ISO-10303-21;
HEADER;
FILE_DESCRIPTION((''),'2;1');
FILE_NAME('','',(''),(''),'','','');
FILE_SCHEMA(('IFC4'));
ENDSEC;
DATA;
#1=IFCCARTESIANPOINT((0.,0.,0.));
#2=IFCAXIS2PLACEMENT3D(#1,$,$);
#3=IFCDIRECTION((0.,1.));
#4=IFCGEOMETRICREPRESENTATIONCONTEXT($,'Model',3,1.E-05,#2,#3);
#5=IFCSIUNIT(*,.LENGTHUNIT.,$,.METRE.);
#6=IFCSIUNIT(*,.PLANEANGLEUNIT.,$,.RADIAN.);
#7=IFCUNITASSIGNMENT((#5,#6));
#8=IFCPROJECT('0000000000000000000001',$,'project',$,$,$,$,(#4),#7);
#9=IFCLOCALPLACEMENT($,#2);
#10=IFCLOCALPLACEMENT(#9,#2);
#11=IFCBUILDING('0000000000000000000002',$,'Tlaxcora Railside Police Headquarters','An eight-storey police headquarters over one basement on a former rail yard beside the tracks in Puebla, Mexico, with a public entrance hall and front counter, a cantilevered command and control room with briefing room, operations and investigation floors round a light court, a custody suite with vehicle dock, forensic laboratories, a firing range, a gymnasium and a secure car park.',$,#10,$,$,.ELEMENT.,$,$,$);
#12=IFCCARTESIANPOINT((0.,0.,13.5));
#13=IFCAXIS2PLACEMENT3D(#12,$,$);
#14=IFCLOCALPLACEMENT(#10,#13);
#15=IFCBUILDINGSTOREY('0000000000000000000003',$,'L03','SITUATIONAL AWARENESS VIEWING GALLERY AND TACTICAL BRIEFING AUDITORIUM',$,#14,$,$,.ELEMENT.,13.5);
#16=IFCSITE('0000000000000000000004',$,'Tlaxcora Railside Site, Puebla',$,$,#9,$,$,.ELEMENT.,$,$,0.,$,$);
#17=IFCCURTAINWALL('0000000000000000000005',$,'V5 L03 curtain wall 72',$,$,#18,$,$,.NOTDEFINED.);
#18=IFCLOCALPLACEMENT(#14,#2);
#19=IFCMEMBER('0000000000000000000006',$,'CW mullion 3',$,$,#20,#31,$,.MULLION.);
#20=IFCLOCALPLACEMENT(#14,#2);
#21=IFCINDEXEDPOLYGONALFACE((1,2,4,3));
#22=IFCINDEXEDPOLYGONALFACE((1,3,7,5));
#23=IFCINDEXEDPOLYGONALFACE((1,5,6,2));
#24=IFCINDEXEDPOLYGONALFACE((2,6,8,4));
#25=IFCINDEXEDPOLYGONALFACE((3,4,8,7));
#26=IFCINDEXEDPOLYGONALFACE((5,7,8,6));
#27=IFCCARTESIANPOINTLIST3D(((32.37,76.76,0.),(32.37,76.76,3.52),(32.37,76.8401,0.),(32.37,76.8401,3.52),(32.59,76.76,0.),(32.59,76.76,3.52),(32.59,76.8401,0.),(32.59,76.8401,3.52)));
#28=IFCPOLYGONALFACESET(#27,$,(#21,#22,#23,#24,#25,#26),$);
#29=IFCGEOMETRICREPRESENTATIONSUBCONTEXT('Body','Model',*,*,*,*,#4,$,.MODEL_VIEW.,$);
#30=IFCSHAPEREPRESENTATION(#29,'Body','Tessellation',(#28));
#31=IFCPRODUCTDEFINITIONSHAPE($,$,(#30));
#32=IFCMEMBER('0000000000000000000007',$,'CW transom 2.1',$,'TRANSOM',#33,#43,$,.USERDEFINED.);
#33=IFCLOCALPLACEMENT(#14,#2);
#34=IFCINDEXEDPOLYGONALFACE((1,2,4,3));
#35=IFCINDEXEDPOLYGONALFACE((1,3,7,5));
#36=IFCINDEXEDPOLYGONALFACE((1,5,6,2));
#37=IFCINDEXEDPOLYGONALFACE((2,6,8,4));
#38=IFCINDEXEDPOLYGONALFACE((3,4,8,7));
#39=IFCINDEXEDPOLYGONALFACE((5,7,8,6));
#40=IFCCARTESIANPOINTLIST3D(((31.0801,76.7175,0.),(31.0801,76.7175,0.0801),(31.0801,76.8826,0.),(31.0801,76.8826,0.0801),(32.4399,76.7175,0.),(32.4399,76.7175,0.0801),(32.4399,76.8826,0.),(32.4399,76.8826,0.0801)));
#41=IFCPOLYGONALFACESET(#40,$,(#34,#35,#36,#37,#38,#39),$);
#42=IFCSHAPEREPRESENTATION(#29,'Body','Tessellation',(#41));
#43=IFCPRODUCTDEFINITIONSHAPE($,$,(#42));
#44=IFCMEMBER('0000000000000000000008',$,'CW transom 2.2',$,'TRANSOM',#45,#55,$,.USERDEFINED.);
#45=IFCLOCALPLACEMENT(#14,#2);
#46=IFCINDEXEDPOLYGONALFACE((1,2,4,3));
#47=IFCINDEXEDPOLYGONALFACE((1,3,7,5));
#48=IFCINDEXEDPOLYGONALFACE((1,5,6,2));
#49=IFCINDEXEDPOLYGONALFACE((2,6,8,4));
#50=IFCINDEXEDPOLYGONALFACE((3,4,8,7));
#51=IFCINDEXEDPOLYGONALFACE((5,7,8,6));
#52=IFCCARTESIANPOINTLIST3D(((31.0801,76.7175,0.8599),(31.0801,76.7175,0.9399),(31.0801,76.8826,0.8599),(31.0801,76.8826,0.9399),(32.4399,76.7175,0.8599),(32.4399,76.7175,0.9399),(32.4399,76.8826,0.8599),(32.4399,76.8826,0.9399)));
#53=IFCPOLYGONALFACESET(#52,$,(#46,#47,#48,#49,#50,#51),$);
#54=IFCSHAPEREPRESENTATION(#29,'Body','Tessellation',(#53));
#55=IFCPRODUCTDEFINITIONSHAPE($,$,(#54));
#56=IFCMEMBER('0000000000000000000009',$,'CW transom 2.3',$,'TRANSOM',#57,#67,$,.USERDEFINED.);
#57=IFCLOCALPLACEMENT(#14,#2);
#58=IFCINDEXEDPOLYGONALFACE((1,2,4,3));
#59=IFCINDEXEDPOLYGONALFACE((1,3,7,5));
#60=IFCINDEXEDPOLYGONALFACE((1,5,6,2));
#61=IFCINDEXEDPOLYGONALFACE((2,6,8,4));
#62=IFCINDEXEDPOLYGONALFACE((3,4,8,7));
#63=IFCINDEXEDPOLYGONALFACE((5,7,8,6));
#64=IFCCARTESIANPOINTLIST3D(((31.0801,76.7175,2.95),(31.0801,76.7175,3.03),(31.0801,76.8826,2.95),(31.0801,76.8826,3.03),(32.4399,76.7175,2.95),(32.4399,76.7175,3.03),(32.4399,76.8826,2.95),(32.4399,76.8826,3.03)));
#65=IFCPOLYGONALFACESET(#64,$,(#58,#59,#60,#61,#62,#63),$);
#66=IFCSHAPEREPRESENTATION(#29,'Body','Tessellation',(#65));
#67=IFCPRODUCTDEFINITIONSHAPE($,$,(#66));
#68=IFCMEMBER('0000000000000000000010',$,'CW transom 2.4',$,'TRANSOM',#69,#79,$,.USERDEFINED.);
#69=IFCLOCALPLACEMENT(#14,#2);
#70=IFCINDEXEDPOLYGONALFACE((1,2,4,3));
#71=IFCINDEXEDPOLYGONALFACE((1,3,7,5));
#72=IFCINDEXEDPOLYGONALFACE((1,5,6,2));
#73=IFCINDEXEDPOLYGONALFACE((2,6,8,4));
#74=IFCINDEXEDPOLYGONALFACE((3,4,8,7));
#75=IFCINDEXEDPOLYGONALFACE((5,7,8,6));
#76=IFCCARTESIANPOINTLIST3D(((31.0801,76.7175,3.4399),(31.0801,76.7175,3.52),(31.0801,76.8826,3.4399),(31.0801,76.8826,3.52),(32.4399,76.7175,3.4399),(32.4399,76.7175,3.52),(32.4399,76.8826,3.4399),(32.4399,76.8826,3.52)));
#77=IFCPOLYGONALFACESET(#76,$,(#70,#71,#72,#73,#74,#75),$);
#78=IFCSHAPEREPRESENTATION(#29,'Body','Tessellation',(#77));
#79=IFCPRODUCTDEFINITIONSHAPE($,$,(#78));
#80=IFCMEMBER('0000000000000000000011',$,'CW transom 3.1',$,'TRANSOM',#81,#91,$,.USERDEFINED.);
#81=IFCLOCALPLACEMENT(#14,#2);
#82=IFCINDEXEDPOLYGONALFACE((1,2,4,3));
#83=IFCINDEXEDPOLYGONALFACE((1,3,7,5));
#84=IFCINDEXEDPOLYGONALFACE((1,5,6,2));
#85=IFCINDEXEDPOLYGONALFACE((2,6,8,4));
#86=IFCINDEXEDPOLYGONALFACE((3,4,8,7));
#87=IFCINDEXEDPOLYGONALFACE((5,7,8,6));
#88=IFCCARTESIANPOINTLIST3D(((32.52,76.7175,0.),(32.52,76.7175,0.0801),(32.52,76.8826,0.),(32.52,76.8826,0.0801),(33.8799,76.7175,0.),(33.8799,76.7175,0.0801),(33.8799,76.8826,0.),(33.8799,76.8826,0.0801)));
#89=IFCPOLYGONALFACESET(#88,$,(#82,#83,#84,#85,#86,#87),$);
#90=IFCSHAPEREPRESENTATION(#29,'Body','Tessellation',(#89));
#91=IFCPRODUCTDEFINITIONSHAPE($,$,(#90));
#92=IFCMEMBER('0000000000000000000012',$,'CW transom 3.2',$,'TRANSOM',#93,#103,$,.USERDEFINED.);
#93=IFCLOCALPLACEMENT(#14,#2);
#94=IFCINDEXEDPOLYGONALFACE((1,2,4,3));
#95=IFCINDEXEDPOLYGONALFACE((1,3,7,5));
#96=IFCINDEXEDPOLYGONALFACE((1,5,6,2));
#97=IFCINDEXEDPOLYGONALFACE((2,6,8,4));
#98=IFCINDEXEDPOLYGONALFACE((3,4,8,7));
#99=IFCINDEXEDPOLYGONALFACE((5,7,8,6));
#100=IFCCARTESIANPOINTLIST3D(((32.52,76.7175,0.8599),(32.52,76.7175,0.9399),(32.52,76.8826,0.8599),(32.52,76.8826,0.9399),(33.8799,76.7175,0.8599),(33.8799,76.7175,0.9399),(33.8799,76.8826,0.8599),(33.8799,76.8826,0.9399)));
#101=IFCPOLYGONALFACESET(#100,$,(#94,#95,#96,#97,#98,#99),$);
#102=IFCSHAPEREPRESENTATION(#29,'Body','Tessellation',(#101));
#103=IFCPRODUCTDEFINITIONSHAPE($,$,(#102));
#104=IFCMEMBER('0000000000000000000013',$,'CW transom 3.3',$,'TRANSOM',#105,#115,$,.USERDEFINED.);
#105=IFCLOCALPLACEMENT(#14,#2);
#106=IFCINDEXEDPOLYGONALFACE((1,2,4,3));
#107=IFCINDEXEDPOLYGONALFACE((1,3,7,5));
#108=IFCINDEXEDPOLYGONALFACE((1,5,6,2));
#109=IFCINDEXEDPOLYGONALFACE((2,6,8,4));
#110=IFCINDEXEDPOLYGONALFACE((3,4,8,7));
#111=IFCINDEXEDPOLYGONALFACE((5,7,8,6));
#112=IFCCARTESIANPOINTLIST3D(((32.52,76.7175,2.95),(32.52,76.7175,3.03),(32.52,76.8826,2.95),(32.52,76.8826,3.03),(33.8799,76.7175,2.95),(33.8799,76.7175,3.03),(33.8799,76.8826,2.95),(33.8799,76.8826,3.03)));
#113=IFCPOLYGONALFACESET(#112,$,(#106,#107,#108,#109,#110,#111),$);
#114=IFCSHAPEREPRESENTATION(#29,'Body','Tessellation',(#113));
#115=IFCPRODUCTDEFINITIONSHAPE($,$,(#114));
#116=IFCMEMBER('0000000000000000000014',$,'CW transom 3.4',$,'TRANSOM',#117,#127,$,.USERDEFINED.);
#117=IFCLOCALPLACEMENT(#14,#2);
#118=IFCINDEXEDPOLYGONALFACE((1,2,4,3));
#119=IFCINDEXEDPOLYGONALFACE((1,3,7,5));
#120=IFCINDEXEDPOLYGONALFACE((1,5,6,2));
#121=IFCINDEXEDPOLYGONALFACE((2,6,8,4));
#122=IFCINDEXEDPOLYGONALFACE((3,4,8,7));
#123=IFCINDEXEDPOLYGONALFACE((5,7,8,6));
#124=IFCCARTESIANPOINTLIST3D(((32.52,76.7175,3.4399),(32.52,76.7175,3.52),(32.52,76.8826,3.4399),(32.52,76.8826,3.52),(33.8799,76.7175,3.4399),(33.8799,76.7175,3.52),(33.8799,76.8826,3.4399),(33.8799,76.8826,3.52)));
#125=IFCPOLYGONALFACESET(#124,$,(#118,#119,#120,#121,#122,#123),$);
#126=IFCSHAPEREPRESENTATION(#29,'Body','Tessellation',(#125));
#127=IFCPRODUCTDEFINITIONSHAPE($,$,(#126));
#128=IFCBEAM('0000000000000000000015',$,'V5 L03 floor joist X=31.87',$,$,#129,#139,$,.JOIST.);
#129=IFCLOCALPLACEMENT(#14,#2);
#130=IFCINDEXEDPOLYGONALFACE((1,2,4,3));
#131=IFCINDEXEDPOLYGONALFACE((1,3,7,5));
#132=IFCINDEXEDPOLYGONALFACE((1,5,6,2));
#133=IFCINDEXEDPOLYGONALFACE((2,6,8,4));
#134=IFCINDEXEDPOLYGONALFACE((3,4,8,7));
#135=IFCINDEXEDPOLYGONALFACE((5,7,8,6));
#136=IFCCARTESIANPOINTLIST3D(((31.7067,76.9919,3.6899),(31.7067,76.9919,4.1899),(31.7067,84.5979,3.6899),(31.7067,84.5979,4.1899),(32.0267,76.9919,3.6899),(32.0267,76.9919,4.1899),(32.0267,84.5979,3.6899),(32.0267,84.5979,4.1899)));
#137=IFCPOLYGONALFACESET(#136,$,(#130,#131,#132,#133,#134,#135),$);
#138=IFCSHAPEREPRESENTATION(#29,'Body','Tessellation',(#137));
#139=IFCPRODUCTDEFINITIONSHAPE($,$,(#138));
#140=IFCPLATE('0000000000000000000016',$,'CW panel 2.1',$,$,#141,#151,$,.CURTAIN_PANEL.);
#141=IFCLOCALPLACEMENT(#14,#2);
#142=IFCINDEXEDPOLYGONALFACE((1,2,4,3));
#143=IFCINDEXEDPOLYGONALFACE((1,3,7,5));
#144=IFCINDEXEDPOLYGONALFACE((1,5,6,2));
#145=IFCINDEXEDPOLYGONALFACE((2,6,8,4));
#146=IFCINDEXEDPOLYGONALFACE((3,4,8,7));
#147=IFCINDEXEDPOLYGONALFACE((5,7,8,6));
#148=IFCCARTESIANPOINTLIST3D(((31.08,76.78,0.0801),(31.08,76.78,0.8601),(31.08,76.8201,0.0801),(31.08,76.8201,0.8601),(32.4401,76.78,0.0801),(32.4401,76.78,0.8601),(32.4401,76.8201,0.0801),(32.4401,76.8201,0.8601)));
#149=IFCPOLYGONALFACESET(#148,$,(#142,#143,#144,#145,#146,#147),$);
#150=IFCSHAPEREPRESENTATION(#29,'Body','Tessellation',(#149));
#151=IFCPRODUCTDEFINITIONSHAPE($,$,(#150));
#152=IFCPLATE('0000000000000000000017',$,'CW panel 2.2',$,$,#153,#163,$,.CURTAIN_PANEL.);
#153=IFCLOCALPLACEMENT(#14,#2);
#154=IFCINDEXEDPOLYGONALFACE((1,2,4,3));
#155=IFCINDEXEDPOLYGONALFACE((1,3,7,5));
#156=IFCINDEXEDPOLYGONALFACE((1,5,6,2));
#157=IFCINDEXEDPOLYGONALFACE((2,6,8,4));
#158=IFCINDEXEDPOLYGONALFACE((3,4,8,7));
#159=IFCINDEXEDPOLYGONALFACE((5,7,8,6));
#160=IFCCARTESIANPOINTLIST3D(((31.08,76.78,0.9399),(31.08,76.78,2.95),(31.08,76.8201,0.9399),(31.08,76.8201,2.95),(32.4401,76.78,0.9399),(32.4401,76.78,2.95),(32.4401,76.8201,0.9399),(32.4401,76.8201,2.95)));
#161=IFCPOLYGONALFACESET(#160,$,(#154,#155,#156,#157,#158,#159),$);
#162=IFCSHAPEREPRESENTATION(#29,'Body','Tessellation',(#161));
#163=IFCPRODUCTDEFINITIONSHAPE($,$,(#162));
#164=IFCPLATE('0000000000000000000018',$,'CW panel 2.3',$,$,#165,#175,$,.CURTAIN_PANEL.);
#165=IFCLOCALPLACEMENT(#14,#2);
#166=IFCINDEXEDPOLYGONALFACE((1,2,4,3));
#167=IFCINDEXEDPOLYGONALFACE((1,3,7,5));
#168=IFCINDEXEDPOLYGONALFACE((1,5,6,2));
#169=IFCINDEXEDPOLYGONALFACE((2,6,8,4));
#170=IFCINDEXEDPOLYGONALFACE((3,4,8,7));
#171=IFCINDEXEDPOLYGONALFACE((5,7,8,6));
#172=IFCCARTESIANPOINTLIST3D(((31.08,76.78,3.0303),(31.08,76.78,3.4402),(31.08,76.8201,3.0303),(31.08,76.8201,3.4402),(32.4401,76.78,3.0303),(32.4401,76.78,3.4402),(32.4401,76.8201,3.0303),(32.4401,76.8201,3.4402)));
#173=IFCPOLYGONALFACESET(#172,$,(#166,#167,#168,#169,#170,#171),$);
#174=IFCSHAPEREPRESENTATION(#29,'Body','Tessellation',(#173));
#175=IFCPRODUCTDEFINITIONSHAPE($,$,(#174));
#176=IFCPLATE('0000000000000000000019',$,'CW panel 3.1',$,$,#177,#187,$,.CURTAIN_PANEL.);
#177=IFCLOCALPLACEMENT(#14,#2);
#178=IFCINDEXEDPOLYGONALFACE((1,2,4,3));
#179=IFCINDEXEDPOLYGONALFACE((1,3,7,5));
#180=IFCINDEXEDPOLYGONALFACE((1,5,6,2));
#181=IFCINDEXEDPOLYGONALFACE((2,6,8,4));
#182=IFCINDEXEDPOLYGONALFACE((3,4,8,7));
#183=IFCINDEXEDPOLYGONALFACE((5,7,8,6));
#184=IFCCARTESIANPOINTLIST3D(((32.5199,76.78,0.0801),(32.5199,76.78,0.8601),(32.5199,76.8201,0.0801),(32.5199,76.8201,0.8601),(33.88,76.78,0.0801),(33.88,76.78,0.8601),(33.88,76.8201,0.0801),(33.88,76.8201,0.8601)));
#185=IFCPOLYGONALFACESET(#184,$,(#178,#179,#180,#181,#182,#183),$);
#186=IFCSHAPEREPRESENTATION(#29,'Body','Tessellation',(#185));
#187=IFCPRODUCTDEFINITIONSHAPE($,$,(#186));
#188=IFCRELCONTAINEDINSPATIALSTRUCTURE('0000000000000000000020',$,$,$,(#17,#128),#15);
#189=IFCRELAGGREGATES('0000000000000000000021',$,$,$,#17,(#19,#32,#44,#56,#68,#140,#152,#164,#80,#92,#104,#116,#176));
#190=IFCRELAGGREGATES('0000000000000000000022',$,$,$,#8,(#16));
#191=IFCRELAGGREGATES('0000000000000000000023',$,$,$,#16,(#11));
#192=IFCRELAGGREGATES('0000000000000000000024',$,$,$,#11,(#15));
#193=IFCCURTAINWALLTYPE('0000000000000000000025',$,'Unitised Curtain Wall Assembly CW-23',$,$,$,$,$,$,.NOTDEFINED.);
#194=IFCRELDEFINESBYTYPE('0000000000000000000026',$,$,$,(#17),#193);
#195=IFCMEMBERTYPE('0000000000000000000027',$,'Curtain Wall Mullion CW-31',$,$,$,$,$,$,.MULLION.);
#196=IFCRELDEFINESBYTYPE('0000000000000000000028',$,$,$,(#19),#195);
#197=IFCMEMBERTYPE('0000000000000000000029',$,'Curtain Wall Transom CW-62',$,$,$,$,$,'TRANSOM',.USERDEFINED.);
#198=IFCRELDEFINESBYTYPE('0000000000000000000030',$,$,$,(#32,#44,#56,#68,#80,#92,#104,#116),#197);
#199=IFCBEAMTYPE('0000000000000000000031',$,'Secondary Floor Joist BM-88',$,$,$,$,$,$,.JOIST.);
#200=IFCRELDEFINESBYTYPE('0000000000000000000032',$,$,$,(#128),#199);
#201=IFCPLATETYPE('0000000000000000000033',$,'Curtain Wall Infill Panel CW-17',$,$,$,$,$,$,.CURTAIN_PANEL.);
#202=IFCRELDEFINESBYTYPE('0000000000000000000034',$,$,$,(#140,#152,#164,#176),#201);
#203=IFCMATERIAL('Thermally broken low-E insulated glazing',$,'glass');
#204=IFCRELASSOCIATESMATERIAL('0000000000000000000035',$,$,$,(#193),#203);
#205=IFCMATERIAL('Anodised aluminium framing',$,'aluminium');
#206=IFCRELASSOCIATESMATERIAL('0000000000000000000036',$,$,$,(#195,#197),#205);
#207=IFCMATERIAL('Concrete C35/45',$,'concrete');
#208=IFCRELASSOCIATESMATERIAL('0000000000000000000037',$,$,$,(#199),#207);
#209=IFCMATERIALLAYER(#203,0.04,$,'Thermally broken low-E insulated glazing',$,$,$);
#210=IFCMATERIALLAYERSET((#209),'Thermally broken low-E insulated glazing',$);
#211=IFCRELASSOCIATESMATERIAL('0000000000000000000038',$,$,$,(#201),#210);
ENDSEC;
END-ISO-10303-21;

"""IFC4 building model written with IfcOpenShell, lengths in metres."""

from ifc_helpers import new_model, si_unit, direction, frame, origin, origin_2d, place, context, subcontext, project, spatial, rectangle, extrude, material, layer, layer_set, material_profile, profile_set, type_object, element, aggregate, save


model = new_model("IFC4")

# Units and contexts
model_context = context("Model", 3, precision=1e-05, world=origin(), true_north=direction((0.0, 1.0)))
body_context = subcontext(model_context, "Body", "Model", "MODEL_VIEW")
ifc_project = project(units=[si_unit("LENGTHUNIT", "METRE"), si_unit("PLANEANGLEUNIT", "RADIAN")], contexts=[model_context])

# Site, building, storey
site_placement = place(None, origin())
site = spatial("IfcSite", under=ifc_project, at=site_placement, Name="Tlaxcora Railside Site, Puebla", CompositionType="ELEMENT", RefElevation=0.0)
building_placement = place(site_placement, origin())
building = spatial("IfcBuilding", under=site, at=building_placement, Name="Tlaxcora Railside Police Headquarters", Description="An eight-storey police headquarters over one basement on a former rail yard beside the tracks in Puebla, Mexico, with a public entrance hall and front counter, a cantilevered command and control room with briefing room, operations and investigation floors round a light court, a custody suite with vehicle dock, forensic laboratories, a firing range, a gymnasium and a secure car park.", CompositionType="ELEMENT")
storey_placement = place(building_placement, frame((0.0, 0.0, 13.5)))
storey = spatial("IfcBuildingStorey", under=building, at=storey_placement, Name="L03", Description="SITUATIONAL AWARENESS VIEWING GALLERY AND TACTICAL BRIEFING AUDITORIUM", CompositionType="ELEMENT", Elevation=13.5)

# Curtain wall, members
ifc_material_1 = material(Name="Thermally broken low-E insulated glazing", Category="glass")
curtain_wall_type = type_object("IfcCurtainWallType", Name="Unitised Curtain Wall Assembly CW-23", PredefinedType="NOTDEFINED", material=ifc_material_1)
curtain_wall_placement = place(storey_placement, origin())
curtain_wall = element("IfcCurtainWall", 1, at=curtain_wall_placement, inside=storey, type_object=curtain_wall_type, Name="V5 L03 curtain wall 72", PredefinedType="NOTDEFINED")
ifc_material_2 = material(Name="Anodised aluminium framing", Category="aluminium")
ifc_material_profile_1 = material_profile(ifc_material_2, rectangle(XDim=0.0801, YDim=0.22, at=origin_2d()), Name="AL80X220")
ifc_profile_set_1 = profile_set([ifc_material_profile_1], Name="Anodised aluminium framing")
member_type_1 = type_object("IfcMemberType", Name="Curtain Wall Mullion CW-31", PredefinedType="MULLION", material=ifc_profile_set_1)
member_1_placement = place(storey_placement, frame((32.48, 76.8, 0.0), z_axis=(0.0, 0.0, 1.0), x_axis=(0.0, 1.0, 0.0)))
member_1 = element("IfcMember", 2, at=member_1_placement, type_object=member_type_1, Name="CW mullion 3", PredefinedType="MULLION", context=body_context, shape_type="SweptSolid", body=[
    extrude(rectangle(XDim=0.0801, YDim=0.22, at=origin_2d()), origin(), (0.0, 0.0, 1.0), 3.52),
])
ifc_material_profile_2 = material_profile(ifc_material_2, rectangle(XDim=0.165, YDim=0.0801, at=origin_2d()), Name="AL80X165")
ifc_profile_set_2 = profile_set([ifc_material_profile_2], Name="Anodised aluminium framing")
member_type_2 = type_object("IfcMemberType", Name="Curtain Wall Transom CW-62", ElementType="TRANSOM", PredefinedType="USERDEFINED", material=ifc_profile_set_2)
member_2_placement = place(storey_placement, frame((31.0801, 76.8, 0.04), z_axis=(1.0, 0.0, 0.0), x_axis=(0.0, 1.0, 0.0)))
member_2 = element("IfcMember", 3, at=member_2_placement, type_object=member_type_2, Name="CW transom 2.1", ObjectType="TRANSOM", PredefinedType="USERDEFINED", context=body_context, shape_type="SweptSolid", body=[
    extrude(rectangle(XDim=0.165, YDim=0.0801, at=origin_2d()), origin(), (0.0, 0.0, 1.0), 1.3599),
])
member_3_placement = place(storey_placement, frame((31.0801, 76.8, 0.8999), z_axis=(1.0, 0.0, 0.0), x_axis=(0.0, 1.0, 0.0)))
member_3 = element("IfcMember", 4, at=member_3_placement, type_object=member_type_2, Name="CW transom 2.2", ObjectType="TRANSOM", PredefinedType="USERDEFINED", context=body_context, shape_type="SweptSolid", body=[
    extrude(rectangle(XDim=0.165, YDim=0.0801, at=origin_2d()), origin(), (0.0, 0.0, 1.0), 1.3599),
])
member_4_placement = place(storey_placement, frame((31.0801, 76.8, 2.99), z_axis=(1.0, 0.0, 0.0), x_axis=(0.0, 1.0, 0.0)))
member_4 = element("IfcMember", 5, at=member_4_placement, type_object=member_type_2, Name="CW transom 2.3", ObjectType="TRANSOM", PredefinedType="USERDEFINED", context=body_context, shape_type="SweptSolid", body=[
    extrude(rectangle(XDim=0.165, YDim=0.0801, at=origin_2d()), origin(), (0.0, 0.0, 1.0), 1.3599),
])
member_5_placement = place(storey_placement, frame((31.0801, 76.8, 3.48), z_axis=(1.0, 0.0, 0.0), x_axis=(0.0, 1.0, 0.0)))
member_5 = element("IfcMember", 6, at=member_5_placement, type_object=member_type_2, Name="CW transom 2.4", ObjectType="TRANSOM", PredefinedType="USERDEFINED", context=body_context, shape_type="SweptSolid", body=[
    extrude(rectangle(XDim=0.165, YDim=0.0801, at=origin_2d()), origin(), (0.0, 0.0, 1.0), 1.3599),
])
member_6_placement = place(storey_placement, frame((32.52, 76.8, 0.04), z_axis=(1.0, 0.0, 0.0), x_axis=(0.0, 1.0, 0.0)))
member_6 = element("IfcMember", 7, at=member_6_placement, type_object=member_type_2, Name="CW transom 3.1", ObjectType="TRANSOM", PredefinedType="USERDEFINED", context=body_context, shape_type="SweptSolid", body=[
    extrude(rectangle(XDim=0.165, YDim=0.0801, at=origin_2d()), origin(), (0.0, 0.0, 1.0), 1.3599),
])
member_7_placement = place(storey_placement, frame((32.52, 76.8, 0.8999), z_axis=(1.0, 0.0, 0.0), x_axis=(0.0, 1.0, 0.0)))
member_7 = element("IfcMember", 8, at=member_7_placement, type_object=member_type_2, Name="CW transom 3.2", ObjectType="TRANSOM", PredefinedType="USERDEFINED", context=body_context, shape_type="SweptSolid", body=[
    extrude(rectangle(XDim=0.165, YDim=0.0801, at=origin_2d()), origin(), (0.0, 0.0, 1.0), 1.3599),
])
member_8_placement = place(storey_placement, frame((32.52, 76.8, 2.99), z_axis=(1.0, 0.0, 0.0), x_axis=(0.0, 1.0, 0.0)))
member_8 = element("IfcMember", 9, at=member_8_placement, type_object=member_type_2, Name="CW transom 3.3", ObjectType="TRANSOM", PredefinedType="USERDEFINED", context=body_context, shape_type="SweptSolid", body=[
    extrude(rectangle(XDim=0.165, YDim=0.0801, at=origin_2d()), origin(), (0.0, 0.0, 1.0), 1.3599),
])
member_9_placement = place(storey_placement, frame((32.52, 76.8, 3.48), z_axis=(1.0, 0.0, 0.0), x_axis=(0.0, 1.0, 0.0)))
member_9 = element("IfcMember", 10, at=member_9_placement, type_object=member_type_2, Name="CW transom 3.4", ObjectType="TRANSOM", PredefinedType="USERDEFINED", context=body_context, shape_type="SweptSolid", body=[
    extrude(rectangle(XDim=0.165, YDim=0.0801, at=origin_2d()), origin(), (0.0, 0.0, 1.0), 1.3599),
])

# Beam
ifc_material_3 = material(Name="Concrete C35/45", Category="concrete")
ifc_material_profile_3 = material_profile(ifc_material_3, rectangle(XDim=0.3201, YDim=0.5, at=origin_2d()), Name="RC320X500")
ifc_profile_set_3 = profile_set([ifc_material_profile_3], Name="Concrete C35/45")
beam_type = type_object("IfcBeamType", Name="Secondary Floor Joist BM-88", PredefinedType="JOIST", material=ifc_profile_set_3)
beam_placement = place(storey_placement, frame((31.8667, 76.9919, 3.9399), z_axis=(0.0, 1.0, 0.0), x_axis=(-1.0, 0.0, 0.0)))
element("IfcBeam", 11, at=beam_placement, inside=storey, type_object=beam_type, Name="V5 L03 floor joist X=31.87", PredefinedType="JOIST", context=body_context, shape_type="SweptSolid", body=[
    extrude(rectangle(XDim=0.3201, YDim=0.5, at=origin_2d()), origin(), (0.0, 0.0, 1.0), 7.606),
])

# Plates
ifc_layer_1 = layer(ifc_material_1, 0.04, Name="Thermally broken low-E insulated glazing")
ifc_layer_set_1 = layer_set([ifc_layer_1], Name="Thermally broken low-E insulated glazing")
plate_type = type_object("IfcPlateType", Name="Curtain Wall Infill Panel CW-17", PredefinedType="CURTAIN_PANEL", material=ifc_layer_set_1)
plate_1_placement = place(storey_placement, frame((31.76, 76.8, 0.0801), z_axis=(0.0, 0.0, 1.0), x_axis=(1.0, 0.0, 0.0)))
plate_1 = element("IfcPlate", 12, at=plate_1_placement, type_object=plate_type, Name="CW panel 2.1", PredefinedType="CURTAIN_PANEL", context=body_context, shape_type="SweptSolid", body=[
    extrude(rectangle(XDim=1.3601, YDim=0.04, at=origin_2d()), origin(), (0.0, 0.0, 1.0), 0.78),
])
plate_2_placement = place(storey_placement, frame((31.76, 76.8, 0.9399), z_axis=(0.0, 0.0, 1.0), x_axis=(1.0, 0.0, 0.0)))
plate_2 = element("IfcPlate", 13, at=plate_2_placement, type_object=plate_type, Name="CW panel 2.2", PredefinedType="CURTAIN_PANEL", context=body_context, shape_type="SweptSolid", body=[
    extrude(rectangle(XDim=1.3601, YDim=0.04, at=origin_2d()), origin(), (0.0, 0.0, 1.0), 2.01),
])
plate_3_placement = place(storey_placement, frame((31.76, 76.8, 3.0303), z_axis=(0.0, 0.0, 1.0), x_axis=(1.0, 0.0, 0.0)))
plate_3 = element("IfcPlate", 14, at=plate_3_placement, type_object=plate_type, Name="CW panel 2.3", PredefinedType="CURTAIN_PANEL", context=body_context, shape_type="SweptSolid", body=[
    extrude(rectangle(XDim=1.3601, YDim=0.04, at=origin_2d()), origin(), (0.0, 0.0, 1.0), 0.4099),
])
plate_4_placement = place(storey_placement, frame((33.2, 76.8, 0.0801), z_axis=(0.0, 0.0, 1.0), x_axis=(1.0, 0.0, 0.0)))
plate_4 = element("IfcPlate", 15, at=plate_4_placement, type_object=plate_type, Name="CW panel 3.1", PredefinedType="CURTAIN_PANEL", context=body_context, shape_type="SweptSolid", body=[
    extrude(rectangle(XDim=1.3601, YDim=0.04, at=origin_2d()), origin(), (0.0, 0.0, 1.0), 0.78),
])
aggregate(curtain_wall, [member_1, member_2, member_3, member_4, member_5, plate_1, plate_2, plate_3, member_6, member_7, member_8, member_9, plate_4])

save(model, "model.ifc")
